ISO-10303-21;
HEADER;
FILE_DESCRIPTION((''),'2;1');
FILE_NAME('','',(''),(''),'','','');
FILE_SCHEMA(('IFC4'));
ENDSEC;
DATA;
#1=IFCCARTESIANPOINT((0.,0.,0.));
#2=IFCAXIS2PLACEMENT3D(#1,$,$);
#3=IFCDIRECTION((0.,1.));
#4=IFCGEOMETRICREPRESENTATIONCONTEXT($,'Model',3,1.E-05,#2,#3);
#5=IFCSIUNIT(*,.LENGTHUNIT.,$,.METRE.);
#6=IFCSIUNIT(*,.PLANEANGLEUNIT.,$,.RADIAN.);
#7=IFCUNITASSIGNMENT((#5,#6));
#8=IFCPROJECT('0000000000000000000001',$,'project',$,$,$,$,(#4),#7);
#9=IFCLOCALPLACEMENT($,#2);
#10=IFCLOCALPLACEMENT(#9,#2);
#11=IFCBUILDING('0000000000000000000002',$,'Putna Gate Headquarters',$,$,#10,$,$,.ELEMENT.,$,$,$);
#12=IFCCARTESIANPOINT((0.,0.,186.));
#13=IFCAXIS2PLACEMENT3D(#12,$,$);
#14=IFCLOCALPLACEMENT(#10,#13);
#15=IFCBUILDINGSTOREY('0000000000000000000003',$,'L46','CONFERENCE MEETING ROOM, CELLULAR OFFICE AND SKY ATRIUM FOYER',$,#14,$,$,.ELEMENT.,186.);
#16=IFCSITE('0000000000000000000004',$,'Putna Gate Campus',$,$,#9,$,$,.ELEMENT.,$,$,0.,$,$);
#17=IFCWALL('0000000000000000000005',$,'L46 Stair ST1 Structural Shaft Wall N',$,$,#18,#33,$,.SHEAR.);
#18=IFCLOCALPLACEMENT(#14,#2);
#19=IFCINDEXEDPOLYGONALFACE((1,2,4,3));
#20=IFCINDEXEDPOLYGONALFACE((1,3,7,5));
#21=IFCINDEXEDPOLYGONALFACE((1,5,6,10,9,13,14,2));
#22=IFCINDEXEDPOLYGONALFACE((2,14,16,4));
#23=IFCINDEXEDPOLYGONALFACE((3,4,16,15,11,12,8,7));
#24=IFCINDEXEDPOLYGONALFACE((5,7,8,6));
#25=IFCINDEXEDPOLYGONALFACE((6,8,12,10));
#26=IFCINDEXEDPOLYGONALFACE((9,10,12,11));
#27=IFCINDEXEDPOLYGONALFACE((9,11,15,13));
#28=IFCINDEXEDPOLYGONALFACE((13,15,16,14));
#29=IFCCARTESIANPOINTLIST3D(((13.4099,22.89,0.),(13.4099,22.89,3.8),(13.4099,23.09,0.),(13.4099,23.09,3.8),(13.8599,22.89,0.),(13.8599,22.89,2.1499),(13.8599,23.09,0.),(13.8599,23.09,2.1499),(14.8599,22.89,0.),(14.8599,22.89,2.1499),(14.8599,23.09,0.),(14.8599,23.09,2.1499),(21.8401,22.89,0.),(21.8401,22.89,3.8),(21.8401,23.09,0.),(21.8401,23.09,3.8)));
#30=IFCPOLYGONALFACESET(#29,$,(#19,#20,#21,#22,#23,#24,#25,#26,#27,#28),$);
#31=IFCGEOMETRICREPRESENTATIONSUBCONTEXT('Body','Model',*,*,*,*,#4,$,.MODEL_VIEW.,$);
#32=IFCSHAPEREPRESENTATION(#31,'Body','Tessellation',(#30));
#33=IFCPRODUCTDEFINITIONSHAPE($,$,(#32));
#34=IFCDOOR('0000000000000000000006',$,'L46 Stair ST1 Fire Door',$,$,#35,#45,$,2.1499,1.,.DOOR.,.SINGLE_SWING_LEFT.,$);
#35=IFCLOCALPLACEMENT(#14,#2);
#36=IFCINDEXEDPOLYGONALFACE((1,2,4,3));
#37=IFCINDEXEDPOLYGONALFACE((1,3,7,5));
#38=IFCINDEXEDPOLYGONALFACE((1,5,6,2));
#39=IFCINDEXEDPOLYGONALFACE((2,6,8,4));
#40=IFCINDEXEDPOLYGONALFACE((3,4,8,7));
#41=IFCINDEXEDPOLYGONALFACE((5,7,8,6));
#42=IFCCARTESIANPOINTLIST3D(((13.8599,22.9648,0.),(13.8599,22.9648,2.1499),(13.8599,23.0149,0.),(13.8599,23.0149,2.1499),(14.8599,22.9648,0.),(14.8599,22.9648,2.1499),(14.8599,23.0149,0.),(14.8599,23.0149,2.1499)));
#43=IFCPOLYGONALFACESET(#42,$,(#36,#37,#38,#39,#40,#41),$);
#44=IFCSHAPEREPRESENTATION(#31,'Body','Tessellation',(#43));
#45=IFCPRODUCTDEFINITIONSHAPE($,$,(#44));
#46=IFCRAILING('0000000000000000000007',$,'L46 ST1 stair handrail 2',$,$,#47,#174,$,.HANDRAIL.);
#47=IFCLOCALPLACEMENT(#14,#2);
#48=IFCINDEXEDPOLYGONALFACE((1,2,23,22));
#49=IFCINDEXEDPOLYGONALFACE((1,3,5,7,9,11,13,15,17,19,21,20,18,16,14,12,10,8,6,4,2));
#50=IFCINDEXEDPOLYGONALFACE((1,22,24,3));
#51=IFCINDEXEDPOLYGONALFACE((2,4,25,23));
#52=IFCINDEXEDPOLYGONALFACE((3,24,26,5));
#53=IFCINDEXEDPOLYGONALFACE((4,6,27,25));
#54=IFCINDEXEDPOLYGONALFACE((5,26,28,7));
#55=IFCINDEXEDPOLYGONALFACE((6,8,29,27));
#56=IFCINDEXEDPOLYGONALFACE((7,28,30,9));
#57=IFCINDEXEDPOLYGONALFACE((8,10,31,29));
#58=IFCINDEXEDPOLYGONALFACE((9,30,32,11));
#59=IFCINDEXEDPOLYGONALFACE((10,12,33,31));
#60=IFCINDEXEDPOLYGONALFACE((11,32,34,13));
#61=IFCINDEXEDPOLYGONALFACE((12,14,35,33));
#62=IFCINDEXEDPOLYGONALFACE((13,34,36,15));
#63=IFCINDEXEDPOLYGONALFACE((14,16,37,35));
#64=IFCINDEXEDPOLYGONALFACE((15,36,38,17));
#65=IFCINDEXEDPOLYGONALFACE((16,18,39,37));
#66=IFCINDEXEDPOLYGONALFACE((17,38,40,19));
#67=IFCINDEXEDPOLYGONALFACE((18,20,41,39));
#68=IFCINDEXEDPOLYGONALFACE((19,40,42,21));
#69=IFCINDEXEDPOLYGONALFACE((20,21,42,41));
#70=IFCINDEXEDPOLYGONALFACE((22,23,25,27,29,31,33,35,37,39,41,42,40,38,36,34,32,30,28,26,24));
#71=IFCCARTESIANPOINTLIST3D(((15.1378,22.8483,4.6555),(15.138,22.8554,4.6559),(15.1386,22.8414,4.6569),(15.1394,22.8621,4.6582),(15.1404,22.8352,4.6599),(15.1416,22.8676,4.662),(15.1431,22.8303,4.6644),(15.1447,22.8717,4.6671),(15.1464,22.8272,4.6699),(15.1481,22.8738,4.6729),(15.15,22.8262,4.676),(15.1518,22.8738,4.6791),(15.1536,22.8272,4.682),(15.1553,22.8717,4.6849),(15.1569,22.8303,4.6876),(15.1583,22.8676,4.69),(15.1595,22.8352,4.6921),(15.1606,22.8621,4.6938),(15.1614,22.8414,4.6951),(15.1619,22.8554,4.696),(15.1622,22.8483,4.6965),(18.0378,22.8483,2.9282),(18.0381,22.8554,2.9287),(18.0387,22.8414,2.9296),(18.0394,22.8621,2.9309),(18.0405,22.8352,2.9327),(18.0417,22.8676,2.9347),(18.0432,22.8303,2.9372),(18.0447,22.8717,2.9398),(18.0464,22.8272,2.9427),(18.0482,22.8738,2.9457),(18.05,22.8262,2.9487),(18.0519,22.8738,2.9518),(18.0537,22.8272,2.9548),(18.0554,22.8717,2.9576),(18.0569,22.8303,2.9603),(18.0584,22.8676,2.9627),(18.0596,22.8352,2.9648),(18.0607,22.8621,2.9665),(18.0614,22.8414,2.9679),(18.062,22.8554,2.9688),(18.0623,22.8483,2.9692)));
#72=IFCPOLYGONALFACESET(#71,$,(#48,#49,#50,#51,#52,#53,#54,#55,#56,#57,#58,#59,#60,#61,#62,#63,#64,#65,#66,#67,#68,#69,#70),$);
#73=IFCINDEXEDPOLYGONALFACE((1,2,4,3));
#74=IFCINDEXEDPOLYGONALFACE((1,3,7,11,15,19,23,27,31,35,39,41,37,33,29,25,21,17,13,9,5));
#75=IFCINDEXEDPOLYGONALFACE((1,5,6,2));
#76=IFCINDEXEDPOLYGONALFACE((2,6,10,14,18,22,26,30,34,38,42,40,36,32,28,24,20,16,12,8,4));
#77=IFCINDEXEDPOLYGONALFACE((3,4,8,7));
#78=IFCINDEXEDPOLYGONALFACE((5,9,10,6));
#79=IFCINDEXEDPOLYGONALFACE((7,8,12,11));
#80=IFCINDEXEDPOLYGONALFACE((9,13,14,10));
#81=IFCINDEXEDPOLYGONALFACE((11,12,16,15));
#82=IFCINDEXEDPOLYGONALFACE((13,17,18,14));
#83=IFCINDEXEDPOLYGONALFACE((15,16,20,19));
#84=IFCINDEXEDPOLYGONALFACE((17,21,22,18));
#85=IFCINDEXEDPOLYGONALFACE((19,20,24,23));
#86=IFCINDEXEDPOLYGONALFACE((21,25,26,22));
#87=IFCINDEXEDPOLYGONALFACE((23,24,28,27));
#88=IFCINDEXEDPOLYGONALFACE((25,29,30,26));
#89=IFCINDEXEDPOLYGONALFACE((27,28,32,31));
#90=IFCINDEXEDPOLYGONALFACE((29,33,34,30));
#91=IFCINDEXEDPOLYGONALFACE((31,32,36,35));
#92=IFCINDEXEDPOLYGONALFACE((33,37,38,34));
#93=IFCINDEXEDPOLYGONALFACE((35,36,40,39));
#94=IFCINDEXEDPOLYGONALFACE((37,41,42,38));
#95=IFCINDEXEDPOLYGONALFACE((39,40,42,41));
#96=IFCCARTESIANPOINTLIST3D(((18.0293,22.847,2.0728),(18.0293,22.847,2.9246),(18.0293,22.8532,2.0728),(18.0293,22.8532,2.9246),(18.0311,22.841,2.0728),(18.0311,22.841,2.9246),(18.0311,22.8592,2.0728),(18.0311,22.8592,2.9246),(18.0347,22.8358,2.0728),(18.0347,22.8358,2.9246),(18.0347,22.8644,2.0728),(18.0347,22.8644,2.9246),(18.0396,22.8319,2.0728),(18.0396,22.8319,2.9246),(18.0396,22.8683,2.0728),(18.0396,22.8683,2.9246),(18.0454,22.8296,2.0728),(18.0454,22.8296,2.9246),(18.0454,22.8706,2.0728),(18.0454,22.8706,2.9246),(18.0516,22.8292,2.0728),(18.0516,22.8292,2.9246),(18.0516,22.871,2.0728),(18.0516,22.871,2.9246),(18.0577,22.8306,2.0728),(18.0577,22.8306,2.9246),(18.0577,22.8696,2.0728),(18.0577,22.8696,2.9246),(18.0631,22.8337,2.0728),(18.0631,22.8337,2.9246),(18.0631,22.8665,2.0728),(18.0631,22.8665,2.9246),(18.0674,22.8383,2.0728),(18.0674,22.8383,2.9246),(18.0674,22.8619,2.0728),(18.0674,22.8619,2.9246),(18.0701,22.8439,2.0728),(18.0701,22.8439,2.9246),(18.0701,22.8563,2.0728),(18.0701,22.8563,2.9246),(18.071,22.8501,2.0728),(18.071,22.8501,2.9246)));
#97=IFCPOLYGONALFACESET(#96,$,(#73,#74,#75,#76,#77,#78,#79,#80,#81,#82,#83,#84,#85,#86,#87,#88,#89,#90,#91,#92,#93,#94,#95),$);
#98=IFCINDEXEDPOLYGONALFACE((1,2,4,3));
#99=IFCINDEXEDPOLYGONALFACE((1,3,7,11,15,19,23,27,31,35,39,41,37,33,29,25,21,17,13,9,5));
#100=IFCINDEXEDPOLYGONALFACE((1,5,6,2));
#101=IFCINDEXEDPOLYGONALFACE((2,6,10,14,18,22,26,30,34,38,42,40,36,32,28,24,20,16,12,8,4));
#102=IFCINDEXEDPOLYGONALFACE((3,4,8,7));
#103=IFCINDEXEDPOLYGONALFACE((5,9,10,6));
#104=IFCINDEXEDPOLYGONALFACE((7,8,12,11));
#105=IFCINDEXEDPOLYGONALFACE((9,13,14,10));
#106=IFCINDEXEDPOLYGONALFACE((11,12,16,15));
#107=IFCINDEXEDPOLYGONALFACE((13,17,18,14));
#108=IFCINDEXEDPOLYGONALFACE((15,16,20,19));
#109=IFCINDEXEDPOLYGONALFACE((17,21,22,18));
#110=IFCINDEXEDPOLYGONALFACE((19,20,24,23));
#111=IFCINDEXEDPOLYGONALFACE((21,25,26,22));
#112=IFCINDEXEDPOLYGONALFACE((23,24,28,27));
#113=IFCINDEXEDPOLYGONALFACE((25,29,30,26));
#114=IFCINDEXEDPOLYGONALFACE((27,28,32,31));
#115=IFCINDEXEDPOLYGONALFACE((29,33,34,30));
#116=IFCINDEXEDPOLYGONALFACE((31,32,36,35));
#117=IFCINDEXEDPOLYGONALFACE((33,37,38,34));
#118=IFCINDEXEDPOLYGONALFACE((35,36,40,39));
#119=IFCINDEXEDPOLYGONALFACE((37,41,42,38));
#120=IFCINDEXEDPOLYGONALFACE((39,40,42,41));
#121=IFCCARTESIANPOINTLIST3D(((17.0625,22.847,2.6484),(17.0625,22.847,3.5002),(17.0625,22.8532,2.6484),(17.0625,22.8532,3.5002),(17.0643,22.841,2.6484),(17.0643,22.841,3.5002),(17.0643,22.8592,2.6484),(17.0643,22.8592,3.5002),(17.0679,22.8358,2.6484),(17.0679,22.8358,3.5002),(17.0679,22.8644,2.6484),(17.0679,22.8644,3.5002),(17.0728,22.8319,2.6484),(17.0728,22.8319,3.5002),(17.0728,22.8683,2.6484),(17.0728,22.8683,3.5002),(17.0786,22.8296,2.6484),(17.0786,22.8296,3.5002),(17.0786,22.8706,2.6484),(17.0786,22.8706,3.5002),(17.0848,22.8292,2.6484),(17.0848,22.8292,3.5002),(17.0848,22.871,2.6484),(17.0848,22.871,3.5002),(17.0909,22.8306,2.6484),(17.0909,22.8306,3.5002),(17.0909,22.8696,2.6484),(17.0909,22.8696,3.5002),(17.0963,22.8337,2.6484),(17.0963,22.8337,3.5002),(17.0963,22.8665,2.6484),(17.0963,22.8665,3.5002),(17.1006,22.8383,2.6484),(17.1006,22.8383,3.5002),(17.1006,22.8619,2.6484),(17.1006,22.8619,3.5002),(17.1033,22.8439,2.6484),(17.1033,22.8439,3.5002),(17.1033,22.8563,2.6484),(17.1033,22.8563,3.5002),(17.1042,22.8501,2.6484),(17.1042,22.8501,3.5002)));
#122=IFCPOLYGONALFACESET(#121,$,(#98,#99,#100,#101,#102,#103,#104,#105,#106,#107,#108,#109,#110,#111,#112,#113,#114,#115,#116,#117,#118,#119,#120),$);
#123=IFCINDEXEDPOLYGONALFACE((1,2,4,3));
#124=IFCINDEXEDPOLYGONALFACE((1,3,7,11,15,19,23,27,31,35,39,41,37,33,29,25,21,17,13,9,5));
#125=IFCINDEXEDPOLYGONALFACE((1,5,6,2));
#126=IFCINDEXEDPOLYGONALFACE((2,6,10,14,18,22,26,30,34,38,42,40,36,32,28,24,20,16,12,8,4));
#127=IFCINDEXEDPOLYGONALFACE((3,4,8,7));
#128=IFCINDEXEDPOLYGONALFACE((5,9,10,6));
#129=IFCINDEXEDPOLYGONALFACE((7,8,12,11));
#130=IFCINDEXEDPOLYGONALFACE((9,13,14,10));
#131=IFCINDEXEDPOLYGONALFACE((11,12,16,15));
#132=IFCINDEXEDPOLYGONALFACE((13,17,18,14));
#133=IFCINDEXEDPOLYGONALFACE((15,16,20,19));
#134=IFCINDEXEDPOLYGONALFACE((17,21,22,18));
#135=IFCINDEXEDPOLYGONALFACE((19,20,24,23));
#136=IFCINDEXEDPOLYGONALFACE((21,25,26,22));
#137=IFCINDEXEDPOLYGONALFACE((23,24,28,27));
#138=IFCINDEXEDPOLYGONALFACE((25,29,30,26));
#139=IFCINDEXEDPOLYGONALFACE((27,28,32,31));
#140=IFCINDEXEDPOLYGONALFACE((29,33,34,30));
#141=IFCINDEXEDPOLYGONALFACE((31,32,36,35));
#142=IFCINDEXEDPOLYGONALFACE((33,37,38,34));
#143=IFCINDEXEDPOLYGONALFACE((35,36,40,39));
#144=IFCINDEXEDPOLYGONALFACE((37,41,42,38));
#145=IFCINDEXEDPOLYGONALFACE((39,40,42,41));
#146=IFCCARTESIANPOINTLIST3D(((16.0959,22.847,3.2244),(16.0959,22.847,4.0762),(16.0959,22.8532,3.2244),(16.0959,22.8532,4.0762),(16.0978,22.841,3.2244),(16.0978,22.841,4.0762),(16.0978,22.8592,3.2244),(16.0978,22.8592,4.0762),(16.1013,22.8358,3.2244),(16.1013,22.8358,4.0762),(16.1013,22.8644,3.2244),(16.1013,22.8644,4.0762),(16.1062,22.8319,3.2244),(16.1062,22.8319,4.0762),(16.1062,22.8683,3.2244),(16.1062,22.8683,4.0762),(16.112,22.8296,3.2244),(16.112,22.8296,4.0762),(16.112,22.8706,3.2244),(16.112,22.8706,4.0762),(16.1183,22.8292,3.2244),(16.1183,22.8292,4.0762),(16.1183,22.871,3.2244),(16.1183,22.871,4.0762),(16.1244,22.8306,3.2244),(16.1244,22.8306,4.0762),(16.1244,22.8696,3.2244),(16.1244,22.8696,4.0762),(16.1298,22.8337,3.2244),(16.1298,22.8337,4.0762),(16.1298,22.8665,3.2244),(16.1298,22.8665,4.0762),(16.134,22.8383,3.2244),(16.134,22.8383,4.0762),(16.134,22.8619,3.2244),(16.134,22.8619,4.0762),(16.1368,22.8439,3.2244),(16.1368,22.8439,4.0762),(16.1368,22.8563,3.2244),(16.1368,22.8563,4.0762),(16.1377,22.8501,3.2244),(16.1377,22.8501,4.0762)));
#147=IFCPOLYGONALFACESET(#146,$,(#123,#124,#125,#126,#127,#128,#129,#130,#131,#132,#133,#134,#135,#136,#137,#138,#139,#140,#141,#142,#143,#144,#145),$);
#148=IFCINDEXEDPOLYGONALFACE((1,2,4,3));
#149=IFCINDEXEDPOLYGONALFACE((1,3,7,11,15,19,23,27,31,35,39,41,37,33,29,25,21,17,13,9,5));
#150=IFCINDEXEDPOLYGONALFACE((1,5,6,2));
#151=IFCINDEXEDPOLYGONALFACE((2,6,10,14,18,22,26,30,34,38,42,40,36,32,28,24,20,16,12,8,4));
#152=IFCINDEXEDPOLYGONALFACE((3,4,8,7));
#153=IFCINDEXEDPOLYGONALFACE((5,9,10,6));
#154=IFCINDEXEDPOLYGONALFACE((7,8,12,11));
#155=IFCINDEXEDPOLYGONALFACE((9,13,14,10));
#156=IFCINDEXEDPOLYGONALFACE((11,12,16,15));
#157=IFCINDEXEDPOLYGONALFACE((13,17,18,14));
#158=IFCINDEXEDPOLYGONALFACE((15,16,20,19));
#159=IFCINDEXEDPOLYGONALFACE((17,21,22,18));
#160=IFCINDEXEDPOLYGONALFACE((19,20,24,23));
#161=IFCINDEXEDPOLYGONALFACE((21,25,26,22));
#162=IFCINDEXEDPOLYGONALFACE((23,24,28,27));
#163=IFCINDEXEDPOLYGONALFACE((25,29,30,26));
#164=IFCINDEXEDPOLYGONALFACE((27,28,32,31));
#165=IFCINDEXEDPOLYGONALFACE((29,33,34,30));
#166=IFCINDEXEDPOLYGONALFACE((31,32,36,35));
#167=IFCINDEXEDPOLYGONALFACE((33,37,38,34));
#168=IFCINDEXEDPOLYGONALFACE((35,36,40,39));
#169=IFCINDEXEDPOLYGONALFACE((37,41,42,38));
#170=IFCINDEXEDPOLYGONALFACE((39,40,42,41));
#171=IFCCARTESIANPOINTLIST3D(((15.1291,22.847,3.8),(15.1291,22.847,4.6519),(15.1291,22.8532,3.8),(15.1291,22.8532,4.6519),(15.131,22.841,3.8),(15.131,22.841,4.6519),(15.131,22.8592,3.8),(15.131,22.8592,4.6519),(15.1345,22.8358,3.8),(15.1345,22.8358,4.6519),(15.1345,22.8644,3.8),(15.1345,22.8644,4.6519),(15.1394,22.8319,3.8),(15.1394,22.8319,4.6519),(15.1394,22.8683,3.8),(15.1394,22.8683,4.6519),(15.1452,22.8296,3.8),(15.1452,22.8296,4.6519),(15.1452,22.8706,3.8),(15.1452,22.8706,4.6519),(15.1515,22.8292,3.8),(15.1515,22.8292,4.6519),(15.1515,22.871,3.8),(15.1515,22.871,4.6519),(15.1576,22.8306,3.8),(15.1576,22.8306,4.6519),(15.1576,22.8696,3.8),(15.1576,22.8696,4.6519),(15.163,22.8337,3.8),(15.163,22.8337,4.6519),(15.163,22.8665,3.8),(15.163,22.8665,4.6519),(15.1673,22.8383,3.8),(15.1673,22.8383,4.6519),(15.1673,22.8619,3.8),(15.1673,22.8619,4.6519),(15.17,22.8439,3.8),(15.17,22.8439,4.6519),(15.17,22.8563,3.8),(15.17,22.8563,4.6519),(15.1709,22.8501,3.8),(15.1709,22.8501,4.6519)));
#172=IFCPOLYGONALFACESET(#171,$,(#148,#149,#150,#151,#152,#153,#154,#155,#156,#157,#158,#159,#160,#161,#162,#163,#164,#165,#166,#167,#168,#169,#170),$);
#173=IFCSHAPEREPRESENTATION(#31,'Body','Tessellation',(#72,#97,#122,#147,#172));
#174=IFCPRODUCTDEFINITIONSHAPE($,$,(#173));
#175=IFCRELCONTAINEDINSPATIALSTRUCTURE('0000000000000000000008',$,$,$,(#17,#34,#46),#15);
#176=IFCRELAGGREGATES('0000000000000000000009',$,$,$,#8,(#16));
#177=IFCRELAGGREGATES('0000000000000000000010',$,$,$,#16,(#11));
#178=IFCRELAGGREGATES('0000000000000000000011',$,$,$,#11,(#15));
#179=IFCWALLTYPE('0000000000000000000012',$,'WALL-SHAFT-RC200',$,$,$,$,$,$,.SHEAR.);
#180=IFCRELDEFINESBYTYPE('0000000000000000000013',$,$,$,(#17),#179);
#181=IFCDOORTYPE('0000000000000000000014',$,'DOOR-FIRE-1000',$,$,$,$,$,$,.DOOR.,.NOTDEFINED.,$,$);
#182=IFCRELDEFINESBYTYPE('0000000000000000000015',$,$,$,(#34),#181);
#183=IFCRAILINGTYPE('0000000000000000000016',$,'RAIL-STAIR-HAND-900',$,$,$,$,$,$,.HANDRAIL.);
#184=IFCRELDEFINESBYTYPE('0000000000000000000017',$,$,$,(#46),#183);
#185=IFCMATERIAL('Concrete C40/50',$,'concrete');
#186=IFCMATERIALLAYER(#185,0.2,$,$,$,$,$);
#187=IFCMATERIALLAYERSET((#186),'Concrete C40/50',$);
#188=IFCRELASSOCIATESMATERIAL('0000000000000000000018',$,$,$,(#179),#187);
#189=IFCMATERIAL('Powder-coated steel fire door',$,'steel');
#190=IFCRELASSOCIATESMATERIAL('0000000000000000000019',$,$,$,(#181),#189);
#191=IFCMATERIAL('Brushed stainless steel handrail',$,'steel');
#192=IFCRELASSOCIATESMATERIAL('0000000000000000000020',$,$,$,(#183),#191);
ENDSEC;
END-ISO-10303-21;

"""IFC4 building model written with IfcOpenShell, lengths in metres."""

from ifc_helpers import new_model, si_unit, direction, frame, frame_2d, origin, origin_2d, place, context, subcontext, project, spatial, rectangle, circle, extrude, material, layer, layer_set, type_object, element, fill, save


model = new_model("IFC4")

# Units and contexts
model_context = context("Model", 3, precision=1e-05, world=origin(), true_north=direction((0.0, 1.0)))
body_context = subcontext(model_context, "Body", "Model", "MODEL_VIEW")
ifc_project = project(units=[si_unit("LENGTHUNIT", "METRE"), si_unit("PLANEANGLEUNIT", "RADIAN")], contexts=[model_context])

# Site, building, storey
site_placement = place(None, origin())
site = spatial("IfcSite", under=ifc_project, at=site_placement, Name="Putna Gate Campus", CompositionType="ELEMENT", RefElevation=0.0)
building_placement = place(site_placement, origin())
building = spatial("IfcBuilding", under=site, at=building_placement, Name="Putna Gate Headquarters", CompositionType="ELEMENT")
storey_placement = place(building_placement, frame((0.0, 0.0, 186.0)))
storey = spatial("IfcBuildingStorey", under=building, at=storey_placement, Name="L46", Description="CONFERENCE MEETING ROOM, CELLULAR OFFICE AND SKY ATRIUM FOYER", CompositionType="ELEMENT", Elevation=186.0)

# Shared definitions
ifc_material_1 = material(Name="Concrete C40/50", Category="concrete")

# Wall, opening, door
ifc_layer_1 = layer(ifc_material_1, 0.2)
ifc_layer_set_1 = layer_set([ifc_layer_1], Name="Concrete C40/50")
wall_type_1 = type_object("IfcWallType", Name="WALL-SHAFT-RC200", PredefinedType="SHEAR", material=ifc_layer_set_1)
wall_1_placement = place(storey_placement, frame((13.4099, 22.99, 0.0), z_axis=(0.0, 0.0, 1.0), x_axis=(1.0, 0.0, 0.0)))
wall_1 = element("IfcWall", 1, at=wall_1_placement, inside=storey, type_object=wall_type_1, Name="L46 Stair ST1 Structural Shaft Wall N", PredefinedType="SHEAR", context=body_context, shape_type="SweptSolid", body=[
    extrude(rectangle(XDim=8.4302, YDim=0.2, at=frame_2d((4.2151, 0.0))), origin(), (0.0, 0.0, 1.0), 3.8),
])
opening_1_placement = place(wall_1_placement, frame((0.45, 0.0, 0.0)))
opening_1 = element("IfcOpeningElement", 2, at=opening_1_placement, cuts=wall_1, PredefinedType="OPENING", context=body_context, shape_type="SweptSolid", body=[
    extrude(rectangle(XDim=1.0, YDim=2.1499, at=frame_2d((0.5, 1.075))), frame((0.0, 0.1099, 0.0), z_axis=(0.0, -1.0, 0.0), x_axis=(1.0, 0.0, 0.0)), (0.0, 0.0, 1.0), 0.22),
])
ifc_material_2 = material(Name="Powder-coated steel fire door", Category="steel")
door_type_1 = type_object("IfcDoorType", Name="DOOR-FIRE-1000", OperationType="NOTDEFINED", PredefinedType="DOOR", material=ifc_material_2)
door_1_placement = place(opening_1_placement, origin())
door_1 = element("IfcDoor", 3, at=door_1_placement, inside=storey, type_object=door_type_1, Name="L46 Stair ST1 Fire Door", OperationType="SINGLE_SWING_LEFT", OverallHeight=2.1499, OverallWidth=1.0, PredefinedType="DOOR", context=body_context, shape_type="SweptSolid", body=[
    extrude(rectangle(XDim=1.0, YDim=2.1499, at=frame_2d((0.5, 1.075))), frame((0.0, 0.0249, 0.0), z_axis=(0.0, -1.0, 0.0), x_axis=(1.0, 0.0, 0.0)), (0.0, 0.0, 1.0), 0.05),
])
fill(opening_1, door_1)

# Railing
ifc_material_3 = material(Name="Brushed stainless steel handrail", Category="steel")
railing_type = type_object("IfcRailingType", Name="RAIL-STAIR-HAND-900", PredefinedType="HANDRAIL", material=ifc_material_3)
railing_placement = place(storey_placement, frame((18.05, 22.8501, 2.0728)))
element("IfcRailing", 4, at=railing_placement, inside=storey, type_object=railing_type, Name="L46 ST1 stair handrail 2", PredefinedType="HANDRAIL", context=body_context, shape_type="SweptSolid", body=[
    extrude(circle(Radius=0.0239, at=origin_2d()), frame((0.0, 0.0, 0.876), z_axis=(-0.85916, 0.0, 0.511706), x_axis=(0.0, -1.0, 0.0)), (0.0, 0.0, 1.0), 3.3755),
    extrude(circle(Radius=0.021, at=origin_2d()), origin(), (0.0, 0.0, 1.0), 0.8518),
    extrude(circle(Radius=0.021, at=origin_2d()), frame((-0.9668, 0.0, 0.5757)), (0.0, 0.0, 1.0), 0.8518),
    extrude(circle(Radius=0.021, at=origin_2d()), frame((-1.9333, 0.0, 1.1516)), (0.0, 0.0, 1.0), 0.8518),
    extrude(circle(Radius=0.021, at=origin_2d()), frame((-2.9001, 0.0, 1.7273)), (0.0, 0.0, 1.0), 0.8518),
])

save(model, "model.ifc")
